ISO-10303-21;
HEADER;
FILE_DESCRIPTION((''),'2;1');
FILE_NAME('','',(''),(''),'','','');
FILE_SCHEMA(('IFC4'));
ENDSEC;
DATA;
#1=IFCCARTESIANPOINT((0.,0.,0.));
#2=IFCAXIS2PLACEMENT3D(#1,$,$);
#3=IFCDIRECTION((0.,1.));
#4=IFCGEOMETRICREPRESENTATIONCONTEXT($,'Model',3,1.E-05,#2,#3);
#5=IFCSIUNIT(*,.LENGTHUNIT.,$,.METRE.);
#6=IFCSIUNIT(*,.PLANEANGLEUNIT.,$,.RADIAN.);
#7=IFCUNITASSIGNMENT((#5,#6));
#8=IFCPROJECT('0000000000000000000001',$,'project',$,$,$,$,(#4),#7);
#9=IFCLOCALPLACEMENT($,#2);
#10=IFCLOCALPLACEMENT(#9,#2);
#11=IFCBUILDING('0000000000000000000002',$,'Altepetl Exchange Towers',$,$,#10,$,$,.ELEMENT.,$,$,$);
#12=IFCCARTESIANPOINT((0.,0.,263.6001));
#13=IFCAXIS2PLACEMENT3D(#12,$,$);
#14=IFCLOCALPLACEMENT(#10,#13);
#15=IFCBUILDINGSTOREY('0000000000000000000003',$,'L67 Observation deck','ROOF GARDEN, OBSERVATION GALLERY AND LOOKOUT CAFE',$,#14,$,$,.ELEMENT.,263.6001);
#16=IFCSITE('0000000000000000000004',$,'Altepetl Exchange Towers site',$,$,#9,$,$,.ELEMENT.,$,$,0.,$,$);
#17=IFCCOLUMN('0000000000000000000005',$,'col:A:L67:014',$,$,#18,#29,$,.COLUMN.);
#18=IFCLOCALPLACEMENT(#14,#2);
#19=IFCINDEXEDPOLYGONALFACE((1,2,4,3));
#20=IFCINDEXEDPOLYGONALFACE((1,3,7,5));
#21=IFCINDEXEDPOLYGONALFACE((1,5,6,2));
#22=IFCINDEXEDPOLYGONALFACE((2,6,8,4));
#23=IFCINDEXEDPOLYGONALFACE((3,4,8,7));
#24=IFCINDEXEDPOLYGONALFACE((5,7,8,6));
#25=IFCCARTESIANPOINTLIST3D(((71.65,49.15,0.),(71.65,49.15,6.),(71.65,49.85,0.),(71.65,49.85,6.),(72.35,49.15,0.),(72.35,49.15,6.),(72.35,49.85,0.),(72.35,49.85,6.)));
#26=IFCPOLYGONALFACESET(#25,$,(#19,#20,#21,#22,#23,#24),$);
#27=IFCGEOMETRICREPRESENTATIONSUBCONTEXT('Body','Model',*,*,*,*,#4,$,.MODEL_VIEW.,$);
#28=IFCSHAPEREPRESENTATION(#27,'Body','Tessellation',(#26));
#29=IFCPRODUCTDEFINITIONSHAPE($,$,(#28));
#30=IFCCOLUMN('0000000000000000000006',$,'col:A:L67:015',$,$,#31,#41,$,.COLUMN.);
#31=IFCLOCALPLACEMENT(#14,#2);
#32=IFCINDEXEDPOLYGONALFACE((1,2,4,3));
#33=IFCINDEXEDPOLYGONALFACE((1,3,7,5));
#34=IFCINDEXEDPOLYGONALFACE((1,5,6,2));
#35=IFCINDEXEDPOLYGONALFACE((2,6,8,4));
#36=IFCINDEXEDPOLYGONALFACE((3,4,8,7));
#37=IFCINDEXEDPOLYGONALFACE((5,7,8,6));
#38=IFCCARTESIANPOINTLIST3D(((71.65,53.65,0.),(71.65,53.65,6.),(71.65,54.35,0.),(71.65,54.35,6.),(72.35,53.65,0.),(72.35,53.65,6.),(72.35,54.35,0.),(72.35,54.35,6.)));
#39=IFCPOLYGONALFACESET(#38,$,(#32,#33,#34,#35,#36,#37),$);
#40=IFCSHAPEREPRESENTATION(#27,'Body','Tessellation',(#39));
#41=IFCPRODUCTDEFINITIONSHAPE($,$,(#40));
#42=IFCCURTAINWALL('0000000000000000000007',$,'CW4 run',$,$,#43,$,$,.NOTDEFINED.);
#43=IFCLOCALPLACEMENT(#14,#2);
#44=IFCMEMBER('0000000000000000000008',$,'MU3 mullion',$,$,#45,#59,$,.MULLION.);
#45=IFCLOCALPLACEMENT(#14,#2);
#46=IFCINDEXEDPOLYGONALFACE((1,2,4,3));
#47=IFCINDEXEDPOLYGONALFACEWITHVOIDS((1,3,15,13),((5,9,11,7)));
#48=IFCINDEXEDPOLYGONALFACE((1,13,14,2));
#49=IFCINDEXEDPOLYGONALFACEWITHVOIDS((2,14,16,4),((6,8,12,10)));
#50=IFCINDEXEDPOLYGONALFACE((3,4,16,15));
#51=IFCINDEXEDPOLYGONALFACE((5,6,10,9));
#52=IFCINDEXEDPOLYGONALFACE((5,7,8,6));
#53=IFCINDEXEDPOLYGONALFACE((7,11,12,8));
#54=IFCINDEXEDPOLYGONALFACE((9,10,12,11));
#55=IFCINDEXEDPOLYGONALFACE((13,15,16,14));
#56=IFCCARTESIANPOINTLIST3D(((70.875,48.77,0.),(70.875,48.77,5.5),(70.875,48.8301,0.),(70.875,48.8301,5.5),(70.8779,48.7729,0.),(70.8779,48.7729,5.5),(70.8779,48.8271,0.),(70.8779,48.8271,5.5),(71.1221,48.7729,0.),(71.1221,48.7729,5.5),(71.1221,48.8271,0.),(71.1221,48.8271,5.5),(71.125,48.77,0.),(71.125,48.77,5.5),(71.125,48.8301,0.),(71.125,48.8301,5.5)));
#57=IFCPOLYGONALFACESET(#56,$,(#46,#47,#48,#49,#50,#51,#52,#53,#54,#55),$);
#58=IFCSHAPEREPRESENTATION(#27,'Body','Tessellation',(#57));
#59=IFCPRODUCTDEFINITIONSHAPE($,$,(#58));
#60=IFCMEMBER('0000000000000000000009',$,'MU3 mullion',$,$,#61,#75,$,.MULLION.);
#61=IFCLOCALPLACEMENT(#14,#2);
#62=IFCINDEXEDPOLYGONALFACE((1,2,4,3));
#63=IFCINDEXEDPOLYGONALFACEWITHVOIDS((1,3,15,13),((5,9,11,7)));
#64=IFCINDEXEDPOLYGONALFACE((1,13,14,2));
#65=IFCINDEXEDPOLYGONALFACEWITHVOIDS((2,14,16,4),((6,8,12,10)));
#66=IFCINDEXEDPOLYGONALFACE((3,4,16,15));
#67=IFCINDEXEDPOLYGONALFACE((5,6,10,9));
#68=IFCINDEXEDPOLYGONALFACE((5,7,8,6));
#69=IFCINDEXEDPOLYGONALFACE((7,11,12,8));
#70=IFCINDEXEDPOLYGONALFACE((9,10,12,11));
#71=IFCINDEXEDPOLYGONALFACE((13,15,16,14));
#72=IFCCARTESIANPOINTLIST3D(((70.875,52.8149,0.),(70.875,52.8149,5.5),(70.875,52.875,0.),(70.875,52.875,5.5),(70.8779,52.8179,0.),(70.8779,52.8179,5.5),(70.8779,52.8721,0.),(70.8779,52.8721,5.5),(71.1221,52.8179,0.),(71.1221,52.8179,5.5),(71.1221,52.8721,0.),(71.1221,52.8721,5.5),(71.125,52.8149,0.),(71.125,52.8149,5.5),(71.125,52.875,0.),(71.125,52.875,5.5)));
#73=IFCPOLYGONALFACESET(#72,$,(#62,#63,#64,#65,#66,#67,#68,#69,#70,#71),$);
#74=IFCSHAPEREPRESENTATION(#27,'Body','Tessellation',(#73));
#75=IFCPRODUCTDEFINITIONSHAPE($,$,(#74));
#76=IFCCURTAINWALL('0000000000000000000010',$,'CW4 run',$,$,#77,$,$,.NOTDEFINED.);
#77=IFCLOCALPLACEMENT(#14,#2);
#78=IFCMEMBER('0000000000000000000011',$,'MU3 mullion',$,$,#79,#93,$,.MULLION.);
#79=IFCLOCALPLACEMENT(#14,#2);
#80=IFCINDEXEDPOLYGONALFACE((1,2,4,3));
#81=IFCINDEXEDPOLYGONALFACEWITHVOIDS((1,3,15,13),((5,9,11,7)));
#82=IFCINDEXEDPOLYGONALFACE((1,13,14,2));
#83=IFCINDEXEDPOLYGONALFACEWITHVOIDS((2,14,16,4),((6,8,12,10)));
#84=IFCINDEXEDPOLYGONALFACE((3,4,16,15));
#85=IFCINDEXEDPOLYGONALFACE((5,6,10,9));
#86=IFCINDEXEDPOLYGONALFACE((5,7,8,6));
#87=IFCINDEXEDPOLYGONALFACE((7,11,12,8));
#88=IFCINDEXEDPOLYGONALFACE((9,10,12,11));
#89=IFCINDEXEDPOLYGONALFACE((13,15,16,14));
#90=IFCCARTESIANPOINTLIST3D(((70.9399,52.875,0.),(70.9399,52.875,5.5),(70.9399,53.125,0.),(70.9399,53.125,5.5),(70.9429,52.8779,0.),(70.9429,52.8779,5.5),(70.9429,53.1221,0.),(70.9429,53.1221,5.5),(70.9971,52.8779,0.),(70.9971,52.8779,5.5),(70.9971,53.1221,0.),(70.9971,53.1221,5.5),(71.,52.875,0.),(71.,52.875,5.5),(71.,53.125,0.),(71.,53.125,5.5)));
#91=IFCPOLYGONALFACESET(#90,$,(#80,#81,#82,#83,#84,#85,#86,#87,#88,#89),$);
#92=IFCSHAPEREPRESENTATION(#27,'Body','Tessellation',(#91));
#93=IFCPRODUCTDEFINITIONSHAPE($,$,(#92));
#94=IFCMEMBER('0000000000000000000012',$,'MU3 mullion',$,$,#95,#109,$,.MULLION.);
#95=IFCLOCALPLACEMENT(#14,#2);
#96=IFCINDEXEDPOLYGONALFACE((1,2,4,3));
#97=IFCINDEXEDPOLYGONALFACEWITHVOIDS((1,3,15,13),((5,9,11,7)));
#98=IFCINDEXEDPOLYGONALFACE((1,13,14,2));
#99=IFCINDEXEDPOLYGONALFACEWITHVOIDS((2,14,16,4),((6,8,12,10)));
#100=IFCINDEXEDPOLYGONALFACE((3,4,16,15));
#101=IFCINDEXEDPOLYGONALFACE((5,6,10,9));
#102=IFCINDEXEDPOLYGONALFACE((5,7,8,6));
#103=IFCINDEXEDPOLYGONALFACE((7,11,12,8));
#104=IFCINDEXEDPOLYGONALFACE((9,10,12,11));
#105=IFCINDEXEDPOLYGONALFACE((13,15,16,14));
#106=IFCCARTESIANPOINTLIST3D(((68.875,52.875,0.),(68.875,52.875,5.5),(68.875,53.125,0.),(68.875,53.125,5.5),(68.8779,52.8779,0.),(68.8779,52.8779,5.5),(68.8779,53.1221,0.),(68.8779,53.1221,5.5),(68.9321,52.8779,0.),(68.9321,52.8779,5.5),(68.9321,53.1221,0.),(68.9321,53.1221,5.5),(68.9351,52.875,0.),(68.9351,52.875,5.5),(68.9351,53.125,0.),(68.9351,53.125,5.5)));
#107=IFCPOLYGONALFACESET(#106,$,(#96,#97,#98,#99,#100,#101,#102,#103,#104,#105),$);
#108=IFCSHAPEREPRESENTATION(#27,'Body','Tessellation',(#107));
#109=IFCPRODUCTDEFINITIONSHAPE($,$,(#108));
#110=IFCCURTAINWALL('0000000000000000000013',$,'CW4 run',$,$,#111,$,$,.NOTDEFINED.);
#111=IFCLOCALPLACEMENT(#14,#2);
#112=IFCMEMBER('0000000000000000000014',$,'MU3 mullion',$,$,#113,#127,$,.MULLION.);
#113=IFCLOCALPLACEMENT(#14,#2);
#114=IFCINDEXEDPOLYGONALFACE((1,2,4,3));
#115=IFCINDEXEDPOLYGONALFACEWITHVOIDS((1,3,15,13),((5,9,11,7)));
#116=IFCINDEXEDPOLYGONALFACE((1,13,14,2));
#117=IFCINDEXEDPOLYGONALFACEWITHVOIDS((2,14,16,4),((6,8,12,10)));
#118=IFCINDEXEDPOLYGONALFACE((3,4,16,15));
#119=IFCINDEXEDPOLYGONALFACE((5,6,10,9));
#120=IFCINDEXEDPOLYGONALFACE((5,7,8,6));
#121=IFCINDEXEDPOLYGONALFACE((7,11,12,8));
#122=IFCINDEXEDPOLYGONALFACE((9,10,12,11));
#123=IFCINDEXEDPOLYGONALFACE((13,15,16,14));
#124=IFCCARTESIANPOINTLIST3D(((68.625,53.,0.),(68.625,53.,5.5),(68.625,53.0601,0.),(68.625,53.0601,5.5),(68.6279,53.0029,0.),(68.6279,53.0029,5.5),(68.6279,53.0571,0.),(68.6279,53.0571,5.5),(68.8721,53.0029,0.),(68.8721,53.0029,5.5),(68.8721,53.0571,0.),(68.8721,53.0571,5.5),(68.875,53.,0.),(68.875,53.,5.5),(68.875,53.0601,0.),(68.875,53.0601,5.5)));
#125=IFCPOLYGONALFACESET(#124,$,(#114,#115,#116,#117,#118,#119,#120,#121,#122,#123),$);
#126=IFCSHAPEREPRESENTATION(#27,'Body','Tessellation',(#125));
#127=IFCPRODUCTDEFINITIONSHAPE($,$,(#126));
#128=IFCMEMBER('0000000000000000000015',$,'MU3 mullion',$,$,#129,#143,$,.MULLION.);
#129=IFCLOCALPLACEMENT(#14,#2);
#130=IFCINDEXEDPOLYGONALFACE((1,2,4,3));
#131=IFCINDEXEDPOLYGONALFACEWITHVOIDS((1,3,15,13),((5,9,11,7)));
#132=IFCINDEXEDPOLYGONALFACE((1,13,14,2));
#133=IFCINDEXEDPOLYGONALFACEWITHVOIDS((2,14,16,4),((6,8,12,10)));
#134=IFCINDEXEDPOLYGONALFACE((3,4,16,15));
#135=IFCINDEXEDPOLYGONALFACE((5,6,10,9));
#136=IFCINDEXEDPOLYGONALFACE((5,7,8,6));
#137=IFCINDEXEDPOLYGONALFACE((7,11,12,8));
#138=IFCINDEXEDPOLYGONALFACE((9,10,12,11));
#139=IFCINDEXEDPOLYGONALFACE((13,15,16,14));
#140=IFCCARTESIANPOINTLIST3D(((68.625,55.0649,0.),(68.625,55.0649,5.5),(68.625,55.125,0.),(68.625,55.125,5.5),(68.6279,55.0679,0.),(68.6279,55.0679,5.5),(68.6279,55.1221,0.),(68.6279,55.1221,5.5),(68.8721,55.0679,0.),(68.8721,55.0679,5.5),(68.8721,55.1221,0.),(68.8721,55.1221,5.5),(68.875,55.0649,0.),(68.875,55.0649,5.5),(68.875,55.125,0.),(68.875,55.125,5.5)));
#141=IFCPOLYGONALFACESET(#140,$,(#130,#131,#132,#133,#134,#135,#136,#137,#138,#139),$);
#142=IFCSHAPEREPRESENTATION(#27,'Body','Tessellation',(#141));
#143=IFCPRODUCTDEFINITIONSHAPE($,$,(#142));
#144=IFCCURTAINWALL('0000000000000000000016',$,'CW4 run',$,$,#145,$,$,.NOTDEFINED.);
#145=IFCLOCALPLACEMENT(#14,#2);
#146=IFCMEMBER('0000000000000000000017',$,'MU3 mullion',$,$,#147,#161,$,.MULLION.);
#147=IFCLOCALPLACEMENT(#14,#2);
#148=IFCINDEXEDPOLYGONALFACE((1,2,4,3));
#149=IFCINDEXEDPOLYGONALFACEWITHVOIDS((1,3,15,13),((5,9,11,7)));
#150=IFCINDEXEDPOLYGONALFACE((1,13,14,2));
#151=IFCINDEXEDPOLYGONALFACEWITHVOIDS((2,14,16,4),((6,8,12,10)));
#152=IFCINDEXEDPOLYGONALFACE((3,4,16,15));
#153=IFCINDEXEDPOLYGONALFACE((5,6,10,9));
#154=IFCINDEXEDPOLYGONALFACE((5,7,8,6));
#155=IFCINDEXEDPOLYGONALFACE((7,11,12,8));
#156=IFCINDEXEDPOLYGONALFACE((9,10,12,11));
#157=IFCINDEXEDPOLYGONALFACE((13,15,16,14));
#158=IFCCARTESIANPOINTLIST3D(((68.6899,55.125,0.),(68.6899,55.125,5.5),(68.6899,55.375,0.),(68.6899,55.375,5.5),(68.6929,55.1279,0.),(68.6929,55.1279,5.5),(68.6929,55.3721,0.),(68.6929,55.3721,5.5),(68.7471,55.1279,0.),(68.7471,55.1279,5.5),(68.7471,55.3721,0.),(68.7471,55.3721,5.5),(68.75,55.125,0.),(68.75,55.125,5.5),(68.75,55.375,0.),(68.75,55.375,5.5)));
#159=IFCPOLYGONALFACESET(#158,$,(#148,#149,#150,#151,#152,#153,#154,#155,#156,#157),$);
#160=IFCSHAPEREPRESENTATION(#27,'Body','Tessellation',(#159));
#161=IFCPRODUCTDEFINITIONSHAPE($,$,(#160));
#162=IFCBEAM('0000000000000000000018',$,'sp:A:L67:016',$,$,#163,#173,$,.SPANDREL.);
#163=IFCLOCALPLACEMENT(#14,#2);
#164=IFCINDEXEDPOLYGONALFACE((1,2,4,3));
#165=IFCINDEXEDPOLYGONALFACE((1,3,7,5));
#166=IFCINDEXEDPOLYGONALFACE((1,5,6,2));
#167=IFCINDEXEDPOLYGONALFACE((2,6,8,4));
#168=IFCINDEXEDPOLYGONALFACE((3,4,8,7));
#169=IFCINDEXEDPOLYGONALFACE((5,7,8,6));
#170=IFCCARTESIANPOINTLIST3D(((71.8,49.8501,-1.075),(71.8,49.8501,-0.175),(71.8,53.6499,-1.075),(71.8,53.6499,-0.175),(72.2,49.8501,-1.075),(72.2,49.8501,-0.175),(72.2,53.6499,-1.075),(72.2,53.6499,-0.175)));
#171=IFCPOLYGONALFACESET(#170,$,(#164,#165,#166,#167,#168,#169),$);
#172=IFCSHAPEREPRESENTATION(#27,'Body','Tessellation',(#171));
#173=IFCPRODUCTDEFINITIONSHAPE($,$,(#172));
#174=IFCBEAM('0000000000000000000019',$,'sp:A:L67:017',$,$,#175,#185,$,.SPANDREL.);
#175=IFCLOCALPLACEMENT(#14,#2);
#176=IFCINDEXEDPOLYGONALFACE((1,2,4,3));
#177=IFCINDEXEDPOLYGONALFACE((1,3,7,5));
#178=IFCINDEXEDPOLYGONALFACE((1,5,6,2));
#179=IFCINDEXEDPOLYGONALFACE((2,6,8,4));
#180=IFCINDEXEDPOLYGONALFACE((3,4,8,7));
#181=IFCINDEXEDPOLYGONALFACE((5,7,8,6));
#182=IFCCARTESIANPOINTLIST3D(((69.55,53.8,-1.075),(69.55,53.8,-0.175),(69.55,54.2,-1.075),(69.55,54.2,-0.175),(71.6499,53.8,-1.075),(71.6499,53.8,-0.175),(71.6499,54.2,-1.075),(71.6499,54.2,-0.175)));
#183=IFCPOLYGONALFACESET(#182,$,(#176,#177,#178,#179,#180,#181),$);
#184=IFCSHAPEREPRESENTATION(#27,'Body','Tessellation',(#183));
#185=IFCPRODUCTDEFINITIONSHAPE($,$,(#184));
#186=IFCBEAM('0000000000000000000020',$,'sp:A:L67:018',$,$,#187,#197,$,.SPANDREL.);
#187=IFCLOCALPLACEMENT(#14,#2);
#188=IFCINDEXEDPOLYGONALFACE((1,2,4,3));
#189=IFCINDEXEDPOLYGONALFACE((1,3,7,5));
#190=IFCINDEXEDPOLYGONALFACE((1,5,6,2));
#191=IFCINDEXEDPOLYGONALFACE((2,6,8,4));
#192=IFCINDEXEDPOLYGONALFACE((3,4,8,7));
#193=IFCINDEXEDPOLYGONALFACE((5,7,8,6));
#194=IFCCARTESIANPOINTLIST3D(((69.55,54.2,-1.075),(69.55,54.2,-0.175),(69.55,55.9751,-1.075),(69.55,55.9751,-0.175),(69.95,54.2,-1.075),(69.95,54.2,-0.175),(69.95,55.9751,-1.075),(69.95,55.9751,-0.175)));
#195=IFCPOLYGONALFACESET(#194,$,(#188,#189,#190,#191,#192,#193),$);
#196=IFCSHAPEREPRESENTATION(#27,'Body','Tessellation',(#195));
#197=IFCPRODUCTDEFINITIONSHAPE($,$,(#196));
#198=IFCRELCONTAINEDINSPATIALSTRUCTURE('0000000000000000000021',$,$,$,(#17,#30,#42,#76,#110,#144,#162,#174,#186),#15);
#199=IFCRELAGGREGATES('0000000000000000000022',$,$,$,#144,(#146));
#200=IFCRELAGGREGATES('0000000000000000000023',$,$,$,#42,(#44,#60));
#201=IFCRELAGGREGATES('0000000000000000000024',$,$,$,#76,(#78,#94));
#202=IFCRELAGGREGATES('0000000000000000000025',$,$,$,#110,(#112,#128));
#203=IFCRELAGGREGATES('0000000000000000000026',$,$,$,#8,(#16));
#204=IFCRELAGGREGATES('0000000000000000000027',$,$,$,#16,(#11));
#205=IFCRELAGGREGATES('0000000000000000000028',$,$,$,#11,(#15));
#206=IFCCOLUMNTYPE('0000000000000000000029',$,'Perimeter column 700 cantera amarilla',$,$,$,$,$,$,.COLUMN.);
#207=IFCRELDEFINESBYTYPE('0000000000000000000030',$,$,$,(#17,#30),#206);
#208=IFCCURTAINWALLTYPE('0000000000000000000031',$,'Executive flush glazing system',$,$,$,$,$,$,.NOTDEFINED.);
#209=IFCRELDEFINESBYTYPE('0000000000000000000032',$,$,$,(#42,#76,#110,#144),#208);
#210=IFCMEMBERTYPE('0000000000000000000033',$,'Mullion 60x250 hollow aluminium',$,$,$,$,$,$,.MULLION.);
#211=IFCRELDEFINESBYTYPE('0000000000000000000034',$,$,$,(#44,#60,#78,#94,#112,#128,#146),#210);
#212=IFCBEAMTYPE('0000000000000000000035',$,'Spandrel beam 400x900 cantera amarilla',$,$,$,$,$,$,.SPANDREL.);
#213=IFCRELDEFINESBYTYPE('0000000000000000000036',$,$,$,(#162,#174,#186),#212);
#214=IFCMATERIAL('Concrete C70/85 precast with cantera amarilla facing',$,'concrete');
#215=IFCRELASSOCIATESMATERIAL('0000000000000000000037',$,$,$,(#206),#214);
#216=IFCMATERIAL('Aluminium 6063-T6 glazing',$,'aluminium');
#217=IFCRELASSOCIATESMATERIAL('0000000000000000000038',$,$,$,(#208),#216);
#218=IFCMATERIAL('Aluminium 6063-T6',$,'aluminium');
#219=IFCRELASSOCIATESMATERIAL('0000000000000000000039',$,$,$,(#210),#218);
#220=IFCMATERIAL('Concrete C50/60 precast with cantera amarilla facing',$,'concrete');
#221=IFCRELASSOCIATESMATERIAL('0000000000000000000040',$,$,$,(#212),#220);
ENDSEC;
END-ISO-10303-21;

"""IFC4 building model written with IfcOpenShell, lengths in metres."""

from ifc_helpers import new_model, si_unit, direction, frame, origin, origin_2d, place, context, subcontext, project, spatial, rectangle, hollow_rectangle, extrude, material, material_profile, profile_set, type_object, element, aggregate, save


model = new_model("IFC4")

# Units and contexts
model_context = context("Model", 3, precision=1e-05, world=origin(), true_north=direction((0.0, 1.0)))
body_context = subcontext(model_context, "Body", "Model", "MODEL_VIEW")
ifc_project = project(units=[si_unit("LENGTHUNIT", "METRE"), si_unit("PLANEANGLEUNIT", "RADIAN")], contexts=[model_context])

# Site, building, storey
site_placement = place(None, origin())
site = spatial("IfcSite", under=ifc_project, at=site_placement, Name="Altepetl Exchange Towers site", CompositionType="ELEMENT", RefElevation=0.0)
building_placement = place(site_placement, origin())
building = spatial("IfcBuilding", under=site, at=building_placement, Name="Altepetl Exchange Towers", CompositionType="ELEMENT")
storey_placement = place(building_placement, frame((0.0, 0.0, 263.6001)))
storey = spatial("IfcBuildingStorey", under=building, at=storey_placement, Name="L67 Observation deck", Description="ROOF GARDEN, OBSERVATION GALLERY AND LOOKOUT CAFE", CompositionType="ELEMENT", Elevation=263.6001)

# Columns
ifc_material_1 = material(Name="Concrete C70/85 precast with cantera amarilla facing", Category="concrete")
ifc_material_profile_1 = material_profile(ifc_material_1, rectangle(XDim=0.7, YDim=0.7, at=origin_2d()), Name="700 x 700")
ifc_profile_set_1 = profile_set([ifc_material_profile_1], Name="Concrete C70/85 precast with cantera amarilla facing")
column_type = type_object("IfcColumnType", Name="Perimeter column 700 cantera amarilla", PredefinedType="COLUMN", material=ifc_profile_set_1)
for number, where, name in (
    (1, (72.0, 49.5, 0.0), "col:A:L67:014"),
    (2, (72.0, 54.0, 0.0), "col:A:L67:015"),
):
    element("IfcColumn", number, at=place(storey_placement, frame(where)), inside=storey, type_object=column_type, Name=name, PredefinedType="COLUMN", context=body_context, shape_type="SweptSolid", body=[
        extrude(rectangle(XDim=0.7, YDim=0.7, at=origin_2d()), origin(), (0.0, 0.0, 1.0), 6.0),
    ])

# Curtain walls, members
ifc_material_2 = material(Name="Aluminium 6063-T6 glazing", Category="aluminium")
curtain_wall_type = type_object("IfcCurtainWallType", Name="Executive flush glazing system", PredefinedType="NOTDEFINED", material=ifc_material_2)
curtain_wall_1_placement = place(storey_placement, origin())
curtain_wall_1 = element("IfcCurtainWall", 3, at=curtain_wall_1_placement, inside=storey, type_object=curtain_wall_type, Name="CW4 run", PredefinedType="NOTDEFINED")
ifc_material_3 = material(Name="Aluminium 6063-T6", Category="aluminium")
ifc_material_profile_2 = material_profile(ifc_material_3, hollow_rectangle(XDim=0.0601, YDim=0.25, WallThickness=0.0029, at=origin_2d()), Name="Mullion 60x250 hollow aluminium")
ifc_profile_set_2 = profile_set([ifc_material_profile_2], Name="Aluminium 6063-T6")
member_type_1 = type_object("IfcMemberType", Name="Mullion 60x250 hollow aluminium", PredefinedType="MULLION", material=ifc_profile_set_2)
member_1_placement = place(storey_placement, frame((71.0, 48.8, 0.0), z_axis=(0.0, 0.0, 1.0), x_axis=(0.0, 1.0, 0.0)))
member_1 = element("IfcMember", 4, at=member_1_placement, type_object=member_type_1, Name="MU3 mullion", PredefinedType="MULLION", context=body_context, shape_type="SweptSolid", body=[
    extrude(hollow_rectangle(XDim=0.0601, YDim=0.25, WallThickness=0.0029, at=origin_2d()), origin(), (0.0, 0.0, 1.0), 5.5),
])
member_2_placement = place(storey_placement, frame((71.0, 52.845, 0.0), z_axis=(0.0, 0.0, 1.0), x_axis=(0.0, 1.0, 0.0)))
member_2 = element("IfcMember", 5, at=member_2_placement, type_object=member_type_1, Name="MU3 mullion", PredefinedType="MULLION", context=body_context, shape_type="SweptSolid", body=[
    extrude(hollow_rectangle(XDim=0.0601, YDim=0.25, WallThickness=0.0029, at=origin_2d()), origin(), (0.0, 0.0, 1.0), 5.5),
])
curtain_wall_2_placement = place(storey_placement, origin())
curtain_wall_2 = element("IfcCurtainWall", 6, at=curtain_wall_2_placement, inside=storey, type_object=curtain_wall_type, Name="CW4 run", PredefinedType="NOTDEFINED")
member_3_placement = place(storey_placement, frame((70.97, 53.0, 0.0), z_axis=(0.0, 0.0, 1.0), x_axis=(-1.0, 0.0, 0.0)))
member_3 = element("IfcMember", 7, at=member_3_placement, type_object=member_type_1, Name="MU3 mullion", PredefinedType="MULLION", context=body_context, shape_type="SweptSolid", body=[
    extrude(hollow_rectangle(XDim=0.0601, YDim=0.25, WallThickness=0.0029, at=origin_2d()), origin(), (0.0, 0.0, 1.0), 5.5),
])
member_4_placement = place(storey_placement, frame((68.905, 53.0, 0.0), z_axis=(0.0, 0.0, 1.0), x_axis=(-1.0, 0.0, 0.0)))
member_4 = element("IfcMember", 8, at=member_4_placement, type_object=member_type_1, Name="MU3 mullion", PredefinedType="MULLION", context=body_context, shape_type="SweptSolid", body=[
    extrude(hollow_rectangle(XDim=0.0601, YDim=0.25, WallThickness=0.0029, at=origin_2d()), origin(), (0.0, 0.0, 1.0), 5.5),
])
curtain_wall_3_placement = place(storey_placement, origin())
curtain_wall_3 = element("IfcCurtainWall", 9, at=curtain_wall_3_placement, inside=storey, type_object=curtain_wall_type, Name="CW4 run", PredefinedType="NOTDEFINED")
member_5_placement = place(storey_placement, frame((68.75, 53.03, 0.0), z_axis=(0.0, 0.0, 1.0), x_axis=(0.0, 1.0, 0.0)))
member_5 = element("IfcMember", 10, at=member_5_placement, type_object=member_type_1, Name="MU3 mullion", PredefinedType="MULLION", context=body_context, shape_type="SweptSolid", body=[
    extrude(hollow_rectangle(XDim=0.0601, YDim=0.25, WallThickness=0.0029, at=origin_2d()), origin(), (0.0, 0.0, 1.0), 5.5),
])
member_6_placement = place(storey_placement, frame((68.75, 55.095, 0.0), z_axis=(0.0, 0.0, 1.0), x_axis=(0.0, 1.0, 0.0)))
member_6 = element("IfcMember", 11, at=member_6_placement, type_object=member_type_1, Name="MU3 mullion", PredefinedType="MULLION", context=body_context, shape_type="SweptSolid", body=[
    extrude(hollow_rectangle(XDim=0.0601, YDim=0.25, WallThickness=0.0029, at=origin_2d()), origin(), (0.0, 0.0, 1.0), 5.5),
])

# Curtain wall, member
curtain_wall_4_placement = place(storey_placement, origin())
curtain_wall_4 = element("IfcCurtainWall", 12, at=curtain_wall_4_placement, inside=storey, type_object=curtain_wall_type, Name="CW4 run", PredefinedType="NOTDEFINED")
member_7_placement = place(storey_placement, frame((68.72, 55.25, 0.0), z_axis=(0.0, 0.0, 1.0), x_axis=(-1.0, 0.0, 0.0)))
member_7 = element("IfcMember", 13, at=member_7_placement, type_object=member_type_1, Name="MU3 mullion", PredefinedType="MULLION", context=body_context, shape_type="SweptSolid", body=[
    extrude(hollow_rectangle(XDim=0.0601, YDim=0.25, WallThickness=0.0029, at=origin_2d()), origin(), (0.0, 0.0, 1.0), 5.5),
])
aggregate(curtain_wall_4, [member_7])

# Beams
ifc_material_4 = material(Name="Concrete C50/60 precast with cantera amarilla facing", Category="concrete")
ifc_material_profile_3 = material_profile(ifc_material_4, rectangle(XDim=0.3999, YDim=0.8999, at=origin_2d()), Name="400 x 900")
ifc_profile_set_3 = profile_set([ifc_material_profile_3], Name="Concrete C50/60 precast with cantera amarilla facing")
beam_type = type_object("IfcBeamType", Name="Spandrel beam 400x900 cantera amarilla", PredefinedType="SPANDREL", material=ifc_profile_set_3)
beam_1_placement = place(storey_placement, frame((72.0, 49.8501, -0.625), z_axis=(0.0, 1.0, 0.0), x_axis=(-1.0, 0.0, 0.0)))
element("IfcBeam", 14, at=beam_1_placement, inside=storey, type_object=beam_type, Name="sp:A:L67:016", PredefinedType="SPANDREL", context=body_context, shape_type="SweptSolid", body=[
    extrude(rectangle(XDim=0.3999, YDim=0.8999, at=origin_2d()), origin(), (0.0, 0.0, 1.0), 3.7998),
])
beam_2_placement = place(storey_placement, frame((71.6499, 54.0, -0.625), z_axis=(-1.0, 0.0, 0.0), x_axis=(0.0, -1.0, 0.0)))
element("IfcBeam", 15, at=beam_2_placement, inside=storey, type_object=beam_type, Name="sp:A:L67:017", PredefinedType="SPANDREL", context=body_context, shape_type="SweptSolid", body=[
    extrude(rectangle(XDim=0.3999, YDim=0.8999, at=origin_2d()), origin(), (0.0, 0.0, 1.0), 2.0999),
])
beam_3_placement = place(storey_placement, frame((69.75, 54.2, -0.625), z_axis=(0.0, 1.0, 0.0), x_axis=(-1.0, 0.0, 0.0)))
element("IfcBeam", 16, at=beam_3_placement, inside=storey, type_object=beam_type, Name="sp:A:L67:018", PredefinedType="SPANDREL", context=body_context, shape_type="SweptSolid", body=[
    extrude(rectangle(XDim=0.3999, YDim=0.8999, at=origin_2d()), origin(), (0.0, 0.0, 1.0), 1.7751),
])

aggregate(curtain_wall_1, [member_1, member_2])
aggregate(curtain_wall_2, [member_3, member_4])
aggregate(curtain_wall_3, [member_5, member_6])

save(model, "model.ifc")
